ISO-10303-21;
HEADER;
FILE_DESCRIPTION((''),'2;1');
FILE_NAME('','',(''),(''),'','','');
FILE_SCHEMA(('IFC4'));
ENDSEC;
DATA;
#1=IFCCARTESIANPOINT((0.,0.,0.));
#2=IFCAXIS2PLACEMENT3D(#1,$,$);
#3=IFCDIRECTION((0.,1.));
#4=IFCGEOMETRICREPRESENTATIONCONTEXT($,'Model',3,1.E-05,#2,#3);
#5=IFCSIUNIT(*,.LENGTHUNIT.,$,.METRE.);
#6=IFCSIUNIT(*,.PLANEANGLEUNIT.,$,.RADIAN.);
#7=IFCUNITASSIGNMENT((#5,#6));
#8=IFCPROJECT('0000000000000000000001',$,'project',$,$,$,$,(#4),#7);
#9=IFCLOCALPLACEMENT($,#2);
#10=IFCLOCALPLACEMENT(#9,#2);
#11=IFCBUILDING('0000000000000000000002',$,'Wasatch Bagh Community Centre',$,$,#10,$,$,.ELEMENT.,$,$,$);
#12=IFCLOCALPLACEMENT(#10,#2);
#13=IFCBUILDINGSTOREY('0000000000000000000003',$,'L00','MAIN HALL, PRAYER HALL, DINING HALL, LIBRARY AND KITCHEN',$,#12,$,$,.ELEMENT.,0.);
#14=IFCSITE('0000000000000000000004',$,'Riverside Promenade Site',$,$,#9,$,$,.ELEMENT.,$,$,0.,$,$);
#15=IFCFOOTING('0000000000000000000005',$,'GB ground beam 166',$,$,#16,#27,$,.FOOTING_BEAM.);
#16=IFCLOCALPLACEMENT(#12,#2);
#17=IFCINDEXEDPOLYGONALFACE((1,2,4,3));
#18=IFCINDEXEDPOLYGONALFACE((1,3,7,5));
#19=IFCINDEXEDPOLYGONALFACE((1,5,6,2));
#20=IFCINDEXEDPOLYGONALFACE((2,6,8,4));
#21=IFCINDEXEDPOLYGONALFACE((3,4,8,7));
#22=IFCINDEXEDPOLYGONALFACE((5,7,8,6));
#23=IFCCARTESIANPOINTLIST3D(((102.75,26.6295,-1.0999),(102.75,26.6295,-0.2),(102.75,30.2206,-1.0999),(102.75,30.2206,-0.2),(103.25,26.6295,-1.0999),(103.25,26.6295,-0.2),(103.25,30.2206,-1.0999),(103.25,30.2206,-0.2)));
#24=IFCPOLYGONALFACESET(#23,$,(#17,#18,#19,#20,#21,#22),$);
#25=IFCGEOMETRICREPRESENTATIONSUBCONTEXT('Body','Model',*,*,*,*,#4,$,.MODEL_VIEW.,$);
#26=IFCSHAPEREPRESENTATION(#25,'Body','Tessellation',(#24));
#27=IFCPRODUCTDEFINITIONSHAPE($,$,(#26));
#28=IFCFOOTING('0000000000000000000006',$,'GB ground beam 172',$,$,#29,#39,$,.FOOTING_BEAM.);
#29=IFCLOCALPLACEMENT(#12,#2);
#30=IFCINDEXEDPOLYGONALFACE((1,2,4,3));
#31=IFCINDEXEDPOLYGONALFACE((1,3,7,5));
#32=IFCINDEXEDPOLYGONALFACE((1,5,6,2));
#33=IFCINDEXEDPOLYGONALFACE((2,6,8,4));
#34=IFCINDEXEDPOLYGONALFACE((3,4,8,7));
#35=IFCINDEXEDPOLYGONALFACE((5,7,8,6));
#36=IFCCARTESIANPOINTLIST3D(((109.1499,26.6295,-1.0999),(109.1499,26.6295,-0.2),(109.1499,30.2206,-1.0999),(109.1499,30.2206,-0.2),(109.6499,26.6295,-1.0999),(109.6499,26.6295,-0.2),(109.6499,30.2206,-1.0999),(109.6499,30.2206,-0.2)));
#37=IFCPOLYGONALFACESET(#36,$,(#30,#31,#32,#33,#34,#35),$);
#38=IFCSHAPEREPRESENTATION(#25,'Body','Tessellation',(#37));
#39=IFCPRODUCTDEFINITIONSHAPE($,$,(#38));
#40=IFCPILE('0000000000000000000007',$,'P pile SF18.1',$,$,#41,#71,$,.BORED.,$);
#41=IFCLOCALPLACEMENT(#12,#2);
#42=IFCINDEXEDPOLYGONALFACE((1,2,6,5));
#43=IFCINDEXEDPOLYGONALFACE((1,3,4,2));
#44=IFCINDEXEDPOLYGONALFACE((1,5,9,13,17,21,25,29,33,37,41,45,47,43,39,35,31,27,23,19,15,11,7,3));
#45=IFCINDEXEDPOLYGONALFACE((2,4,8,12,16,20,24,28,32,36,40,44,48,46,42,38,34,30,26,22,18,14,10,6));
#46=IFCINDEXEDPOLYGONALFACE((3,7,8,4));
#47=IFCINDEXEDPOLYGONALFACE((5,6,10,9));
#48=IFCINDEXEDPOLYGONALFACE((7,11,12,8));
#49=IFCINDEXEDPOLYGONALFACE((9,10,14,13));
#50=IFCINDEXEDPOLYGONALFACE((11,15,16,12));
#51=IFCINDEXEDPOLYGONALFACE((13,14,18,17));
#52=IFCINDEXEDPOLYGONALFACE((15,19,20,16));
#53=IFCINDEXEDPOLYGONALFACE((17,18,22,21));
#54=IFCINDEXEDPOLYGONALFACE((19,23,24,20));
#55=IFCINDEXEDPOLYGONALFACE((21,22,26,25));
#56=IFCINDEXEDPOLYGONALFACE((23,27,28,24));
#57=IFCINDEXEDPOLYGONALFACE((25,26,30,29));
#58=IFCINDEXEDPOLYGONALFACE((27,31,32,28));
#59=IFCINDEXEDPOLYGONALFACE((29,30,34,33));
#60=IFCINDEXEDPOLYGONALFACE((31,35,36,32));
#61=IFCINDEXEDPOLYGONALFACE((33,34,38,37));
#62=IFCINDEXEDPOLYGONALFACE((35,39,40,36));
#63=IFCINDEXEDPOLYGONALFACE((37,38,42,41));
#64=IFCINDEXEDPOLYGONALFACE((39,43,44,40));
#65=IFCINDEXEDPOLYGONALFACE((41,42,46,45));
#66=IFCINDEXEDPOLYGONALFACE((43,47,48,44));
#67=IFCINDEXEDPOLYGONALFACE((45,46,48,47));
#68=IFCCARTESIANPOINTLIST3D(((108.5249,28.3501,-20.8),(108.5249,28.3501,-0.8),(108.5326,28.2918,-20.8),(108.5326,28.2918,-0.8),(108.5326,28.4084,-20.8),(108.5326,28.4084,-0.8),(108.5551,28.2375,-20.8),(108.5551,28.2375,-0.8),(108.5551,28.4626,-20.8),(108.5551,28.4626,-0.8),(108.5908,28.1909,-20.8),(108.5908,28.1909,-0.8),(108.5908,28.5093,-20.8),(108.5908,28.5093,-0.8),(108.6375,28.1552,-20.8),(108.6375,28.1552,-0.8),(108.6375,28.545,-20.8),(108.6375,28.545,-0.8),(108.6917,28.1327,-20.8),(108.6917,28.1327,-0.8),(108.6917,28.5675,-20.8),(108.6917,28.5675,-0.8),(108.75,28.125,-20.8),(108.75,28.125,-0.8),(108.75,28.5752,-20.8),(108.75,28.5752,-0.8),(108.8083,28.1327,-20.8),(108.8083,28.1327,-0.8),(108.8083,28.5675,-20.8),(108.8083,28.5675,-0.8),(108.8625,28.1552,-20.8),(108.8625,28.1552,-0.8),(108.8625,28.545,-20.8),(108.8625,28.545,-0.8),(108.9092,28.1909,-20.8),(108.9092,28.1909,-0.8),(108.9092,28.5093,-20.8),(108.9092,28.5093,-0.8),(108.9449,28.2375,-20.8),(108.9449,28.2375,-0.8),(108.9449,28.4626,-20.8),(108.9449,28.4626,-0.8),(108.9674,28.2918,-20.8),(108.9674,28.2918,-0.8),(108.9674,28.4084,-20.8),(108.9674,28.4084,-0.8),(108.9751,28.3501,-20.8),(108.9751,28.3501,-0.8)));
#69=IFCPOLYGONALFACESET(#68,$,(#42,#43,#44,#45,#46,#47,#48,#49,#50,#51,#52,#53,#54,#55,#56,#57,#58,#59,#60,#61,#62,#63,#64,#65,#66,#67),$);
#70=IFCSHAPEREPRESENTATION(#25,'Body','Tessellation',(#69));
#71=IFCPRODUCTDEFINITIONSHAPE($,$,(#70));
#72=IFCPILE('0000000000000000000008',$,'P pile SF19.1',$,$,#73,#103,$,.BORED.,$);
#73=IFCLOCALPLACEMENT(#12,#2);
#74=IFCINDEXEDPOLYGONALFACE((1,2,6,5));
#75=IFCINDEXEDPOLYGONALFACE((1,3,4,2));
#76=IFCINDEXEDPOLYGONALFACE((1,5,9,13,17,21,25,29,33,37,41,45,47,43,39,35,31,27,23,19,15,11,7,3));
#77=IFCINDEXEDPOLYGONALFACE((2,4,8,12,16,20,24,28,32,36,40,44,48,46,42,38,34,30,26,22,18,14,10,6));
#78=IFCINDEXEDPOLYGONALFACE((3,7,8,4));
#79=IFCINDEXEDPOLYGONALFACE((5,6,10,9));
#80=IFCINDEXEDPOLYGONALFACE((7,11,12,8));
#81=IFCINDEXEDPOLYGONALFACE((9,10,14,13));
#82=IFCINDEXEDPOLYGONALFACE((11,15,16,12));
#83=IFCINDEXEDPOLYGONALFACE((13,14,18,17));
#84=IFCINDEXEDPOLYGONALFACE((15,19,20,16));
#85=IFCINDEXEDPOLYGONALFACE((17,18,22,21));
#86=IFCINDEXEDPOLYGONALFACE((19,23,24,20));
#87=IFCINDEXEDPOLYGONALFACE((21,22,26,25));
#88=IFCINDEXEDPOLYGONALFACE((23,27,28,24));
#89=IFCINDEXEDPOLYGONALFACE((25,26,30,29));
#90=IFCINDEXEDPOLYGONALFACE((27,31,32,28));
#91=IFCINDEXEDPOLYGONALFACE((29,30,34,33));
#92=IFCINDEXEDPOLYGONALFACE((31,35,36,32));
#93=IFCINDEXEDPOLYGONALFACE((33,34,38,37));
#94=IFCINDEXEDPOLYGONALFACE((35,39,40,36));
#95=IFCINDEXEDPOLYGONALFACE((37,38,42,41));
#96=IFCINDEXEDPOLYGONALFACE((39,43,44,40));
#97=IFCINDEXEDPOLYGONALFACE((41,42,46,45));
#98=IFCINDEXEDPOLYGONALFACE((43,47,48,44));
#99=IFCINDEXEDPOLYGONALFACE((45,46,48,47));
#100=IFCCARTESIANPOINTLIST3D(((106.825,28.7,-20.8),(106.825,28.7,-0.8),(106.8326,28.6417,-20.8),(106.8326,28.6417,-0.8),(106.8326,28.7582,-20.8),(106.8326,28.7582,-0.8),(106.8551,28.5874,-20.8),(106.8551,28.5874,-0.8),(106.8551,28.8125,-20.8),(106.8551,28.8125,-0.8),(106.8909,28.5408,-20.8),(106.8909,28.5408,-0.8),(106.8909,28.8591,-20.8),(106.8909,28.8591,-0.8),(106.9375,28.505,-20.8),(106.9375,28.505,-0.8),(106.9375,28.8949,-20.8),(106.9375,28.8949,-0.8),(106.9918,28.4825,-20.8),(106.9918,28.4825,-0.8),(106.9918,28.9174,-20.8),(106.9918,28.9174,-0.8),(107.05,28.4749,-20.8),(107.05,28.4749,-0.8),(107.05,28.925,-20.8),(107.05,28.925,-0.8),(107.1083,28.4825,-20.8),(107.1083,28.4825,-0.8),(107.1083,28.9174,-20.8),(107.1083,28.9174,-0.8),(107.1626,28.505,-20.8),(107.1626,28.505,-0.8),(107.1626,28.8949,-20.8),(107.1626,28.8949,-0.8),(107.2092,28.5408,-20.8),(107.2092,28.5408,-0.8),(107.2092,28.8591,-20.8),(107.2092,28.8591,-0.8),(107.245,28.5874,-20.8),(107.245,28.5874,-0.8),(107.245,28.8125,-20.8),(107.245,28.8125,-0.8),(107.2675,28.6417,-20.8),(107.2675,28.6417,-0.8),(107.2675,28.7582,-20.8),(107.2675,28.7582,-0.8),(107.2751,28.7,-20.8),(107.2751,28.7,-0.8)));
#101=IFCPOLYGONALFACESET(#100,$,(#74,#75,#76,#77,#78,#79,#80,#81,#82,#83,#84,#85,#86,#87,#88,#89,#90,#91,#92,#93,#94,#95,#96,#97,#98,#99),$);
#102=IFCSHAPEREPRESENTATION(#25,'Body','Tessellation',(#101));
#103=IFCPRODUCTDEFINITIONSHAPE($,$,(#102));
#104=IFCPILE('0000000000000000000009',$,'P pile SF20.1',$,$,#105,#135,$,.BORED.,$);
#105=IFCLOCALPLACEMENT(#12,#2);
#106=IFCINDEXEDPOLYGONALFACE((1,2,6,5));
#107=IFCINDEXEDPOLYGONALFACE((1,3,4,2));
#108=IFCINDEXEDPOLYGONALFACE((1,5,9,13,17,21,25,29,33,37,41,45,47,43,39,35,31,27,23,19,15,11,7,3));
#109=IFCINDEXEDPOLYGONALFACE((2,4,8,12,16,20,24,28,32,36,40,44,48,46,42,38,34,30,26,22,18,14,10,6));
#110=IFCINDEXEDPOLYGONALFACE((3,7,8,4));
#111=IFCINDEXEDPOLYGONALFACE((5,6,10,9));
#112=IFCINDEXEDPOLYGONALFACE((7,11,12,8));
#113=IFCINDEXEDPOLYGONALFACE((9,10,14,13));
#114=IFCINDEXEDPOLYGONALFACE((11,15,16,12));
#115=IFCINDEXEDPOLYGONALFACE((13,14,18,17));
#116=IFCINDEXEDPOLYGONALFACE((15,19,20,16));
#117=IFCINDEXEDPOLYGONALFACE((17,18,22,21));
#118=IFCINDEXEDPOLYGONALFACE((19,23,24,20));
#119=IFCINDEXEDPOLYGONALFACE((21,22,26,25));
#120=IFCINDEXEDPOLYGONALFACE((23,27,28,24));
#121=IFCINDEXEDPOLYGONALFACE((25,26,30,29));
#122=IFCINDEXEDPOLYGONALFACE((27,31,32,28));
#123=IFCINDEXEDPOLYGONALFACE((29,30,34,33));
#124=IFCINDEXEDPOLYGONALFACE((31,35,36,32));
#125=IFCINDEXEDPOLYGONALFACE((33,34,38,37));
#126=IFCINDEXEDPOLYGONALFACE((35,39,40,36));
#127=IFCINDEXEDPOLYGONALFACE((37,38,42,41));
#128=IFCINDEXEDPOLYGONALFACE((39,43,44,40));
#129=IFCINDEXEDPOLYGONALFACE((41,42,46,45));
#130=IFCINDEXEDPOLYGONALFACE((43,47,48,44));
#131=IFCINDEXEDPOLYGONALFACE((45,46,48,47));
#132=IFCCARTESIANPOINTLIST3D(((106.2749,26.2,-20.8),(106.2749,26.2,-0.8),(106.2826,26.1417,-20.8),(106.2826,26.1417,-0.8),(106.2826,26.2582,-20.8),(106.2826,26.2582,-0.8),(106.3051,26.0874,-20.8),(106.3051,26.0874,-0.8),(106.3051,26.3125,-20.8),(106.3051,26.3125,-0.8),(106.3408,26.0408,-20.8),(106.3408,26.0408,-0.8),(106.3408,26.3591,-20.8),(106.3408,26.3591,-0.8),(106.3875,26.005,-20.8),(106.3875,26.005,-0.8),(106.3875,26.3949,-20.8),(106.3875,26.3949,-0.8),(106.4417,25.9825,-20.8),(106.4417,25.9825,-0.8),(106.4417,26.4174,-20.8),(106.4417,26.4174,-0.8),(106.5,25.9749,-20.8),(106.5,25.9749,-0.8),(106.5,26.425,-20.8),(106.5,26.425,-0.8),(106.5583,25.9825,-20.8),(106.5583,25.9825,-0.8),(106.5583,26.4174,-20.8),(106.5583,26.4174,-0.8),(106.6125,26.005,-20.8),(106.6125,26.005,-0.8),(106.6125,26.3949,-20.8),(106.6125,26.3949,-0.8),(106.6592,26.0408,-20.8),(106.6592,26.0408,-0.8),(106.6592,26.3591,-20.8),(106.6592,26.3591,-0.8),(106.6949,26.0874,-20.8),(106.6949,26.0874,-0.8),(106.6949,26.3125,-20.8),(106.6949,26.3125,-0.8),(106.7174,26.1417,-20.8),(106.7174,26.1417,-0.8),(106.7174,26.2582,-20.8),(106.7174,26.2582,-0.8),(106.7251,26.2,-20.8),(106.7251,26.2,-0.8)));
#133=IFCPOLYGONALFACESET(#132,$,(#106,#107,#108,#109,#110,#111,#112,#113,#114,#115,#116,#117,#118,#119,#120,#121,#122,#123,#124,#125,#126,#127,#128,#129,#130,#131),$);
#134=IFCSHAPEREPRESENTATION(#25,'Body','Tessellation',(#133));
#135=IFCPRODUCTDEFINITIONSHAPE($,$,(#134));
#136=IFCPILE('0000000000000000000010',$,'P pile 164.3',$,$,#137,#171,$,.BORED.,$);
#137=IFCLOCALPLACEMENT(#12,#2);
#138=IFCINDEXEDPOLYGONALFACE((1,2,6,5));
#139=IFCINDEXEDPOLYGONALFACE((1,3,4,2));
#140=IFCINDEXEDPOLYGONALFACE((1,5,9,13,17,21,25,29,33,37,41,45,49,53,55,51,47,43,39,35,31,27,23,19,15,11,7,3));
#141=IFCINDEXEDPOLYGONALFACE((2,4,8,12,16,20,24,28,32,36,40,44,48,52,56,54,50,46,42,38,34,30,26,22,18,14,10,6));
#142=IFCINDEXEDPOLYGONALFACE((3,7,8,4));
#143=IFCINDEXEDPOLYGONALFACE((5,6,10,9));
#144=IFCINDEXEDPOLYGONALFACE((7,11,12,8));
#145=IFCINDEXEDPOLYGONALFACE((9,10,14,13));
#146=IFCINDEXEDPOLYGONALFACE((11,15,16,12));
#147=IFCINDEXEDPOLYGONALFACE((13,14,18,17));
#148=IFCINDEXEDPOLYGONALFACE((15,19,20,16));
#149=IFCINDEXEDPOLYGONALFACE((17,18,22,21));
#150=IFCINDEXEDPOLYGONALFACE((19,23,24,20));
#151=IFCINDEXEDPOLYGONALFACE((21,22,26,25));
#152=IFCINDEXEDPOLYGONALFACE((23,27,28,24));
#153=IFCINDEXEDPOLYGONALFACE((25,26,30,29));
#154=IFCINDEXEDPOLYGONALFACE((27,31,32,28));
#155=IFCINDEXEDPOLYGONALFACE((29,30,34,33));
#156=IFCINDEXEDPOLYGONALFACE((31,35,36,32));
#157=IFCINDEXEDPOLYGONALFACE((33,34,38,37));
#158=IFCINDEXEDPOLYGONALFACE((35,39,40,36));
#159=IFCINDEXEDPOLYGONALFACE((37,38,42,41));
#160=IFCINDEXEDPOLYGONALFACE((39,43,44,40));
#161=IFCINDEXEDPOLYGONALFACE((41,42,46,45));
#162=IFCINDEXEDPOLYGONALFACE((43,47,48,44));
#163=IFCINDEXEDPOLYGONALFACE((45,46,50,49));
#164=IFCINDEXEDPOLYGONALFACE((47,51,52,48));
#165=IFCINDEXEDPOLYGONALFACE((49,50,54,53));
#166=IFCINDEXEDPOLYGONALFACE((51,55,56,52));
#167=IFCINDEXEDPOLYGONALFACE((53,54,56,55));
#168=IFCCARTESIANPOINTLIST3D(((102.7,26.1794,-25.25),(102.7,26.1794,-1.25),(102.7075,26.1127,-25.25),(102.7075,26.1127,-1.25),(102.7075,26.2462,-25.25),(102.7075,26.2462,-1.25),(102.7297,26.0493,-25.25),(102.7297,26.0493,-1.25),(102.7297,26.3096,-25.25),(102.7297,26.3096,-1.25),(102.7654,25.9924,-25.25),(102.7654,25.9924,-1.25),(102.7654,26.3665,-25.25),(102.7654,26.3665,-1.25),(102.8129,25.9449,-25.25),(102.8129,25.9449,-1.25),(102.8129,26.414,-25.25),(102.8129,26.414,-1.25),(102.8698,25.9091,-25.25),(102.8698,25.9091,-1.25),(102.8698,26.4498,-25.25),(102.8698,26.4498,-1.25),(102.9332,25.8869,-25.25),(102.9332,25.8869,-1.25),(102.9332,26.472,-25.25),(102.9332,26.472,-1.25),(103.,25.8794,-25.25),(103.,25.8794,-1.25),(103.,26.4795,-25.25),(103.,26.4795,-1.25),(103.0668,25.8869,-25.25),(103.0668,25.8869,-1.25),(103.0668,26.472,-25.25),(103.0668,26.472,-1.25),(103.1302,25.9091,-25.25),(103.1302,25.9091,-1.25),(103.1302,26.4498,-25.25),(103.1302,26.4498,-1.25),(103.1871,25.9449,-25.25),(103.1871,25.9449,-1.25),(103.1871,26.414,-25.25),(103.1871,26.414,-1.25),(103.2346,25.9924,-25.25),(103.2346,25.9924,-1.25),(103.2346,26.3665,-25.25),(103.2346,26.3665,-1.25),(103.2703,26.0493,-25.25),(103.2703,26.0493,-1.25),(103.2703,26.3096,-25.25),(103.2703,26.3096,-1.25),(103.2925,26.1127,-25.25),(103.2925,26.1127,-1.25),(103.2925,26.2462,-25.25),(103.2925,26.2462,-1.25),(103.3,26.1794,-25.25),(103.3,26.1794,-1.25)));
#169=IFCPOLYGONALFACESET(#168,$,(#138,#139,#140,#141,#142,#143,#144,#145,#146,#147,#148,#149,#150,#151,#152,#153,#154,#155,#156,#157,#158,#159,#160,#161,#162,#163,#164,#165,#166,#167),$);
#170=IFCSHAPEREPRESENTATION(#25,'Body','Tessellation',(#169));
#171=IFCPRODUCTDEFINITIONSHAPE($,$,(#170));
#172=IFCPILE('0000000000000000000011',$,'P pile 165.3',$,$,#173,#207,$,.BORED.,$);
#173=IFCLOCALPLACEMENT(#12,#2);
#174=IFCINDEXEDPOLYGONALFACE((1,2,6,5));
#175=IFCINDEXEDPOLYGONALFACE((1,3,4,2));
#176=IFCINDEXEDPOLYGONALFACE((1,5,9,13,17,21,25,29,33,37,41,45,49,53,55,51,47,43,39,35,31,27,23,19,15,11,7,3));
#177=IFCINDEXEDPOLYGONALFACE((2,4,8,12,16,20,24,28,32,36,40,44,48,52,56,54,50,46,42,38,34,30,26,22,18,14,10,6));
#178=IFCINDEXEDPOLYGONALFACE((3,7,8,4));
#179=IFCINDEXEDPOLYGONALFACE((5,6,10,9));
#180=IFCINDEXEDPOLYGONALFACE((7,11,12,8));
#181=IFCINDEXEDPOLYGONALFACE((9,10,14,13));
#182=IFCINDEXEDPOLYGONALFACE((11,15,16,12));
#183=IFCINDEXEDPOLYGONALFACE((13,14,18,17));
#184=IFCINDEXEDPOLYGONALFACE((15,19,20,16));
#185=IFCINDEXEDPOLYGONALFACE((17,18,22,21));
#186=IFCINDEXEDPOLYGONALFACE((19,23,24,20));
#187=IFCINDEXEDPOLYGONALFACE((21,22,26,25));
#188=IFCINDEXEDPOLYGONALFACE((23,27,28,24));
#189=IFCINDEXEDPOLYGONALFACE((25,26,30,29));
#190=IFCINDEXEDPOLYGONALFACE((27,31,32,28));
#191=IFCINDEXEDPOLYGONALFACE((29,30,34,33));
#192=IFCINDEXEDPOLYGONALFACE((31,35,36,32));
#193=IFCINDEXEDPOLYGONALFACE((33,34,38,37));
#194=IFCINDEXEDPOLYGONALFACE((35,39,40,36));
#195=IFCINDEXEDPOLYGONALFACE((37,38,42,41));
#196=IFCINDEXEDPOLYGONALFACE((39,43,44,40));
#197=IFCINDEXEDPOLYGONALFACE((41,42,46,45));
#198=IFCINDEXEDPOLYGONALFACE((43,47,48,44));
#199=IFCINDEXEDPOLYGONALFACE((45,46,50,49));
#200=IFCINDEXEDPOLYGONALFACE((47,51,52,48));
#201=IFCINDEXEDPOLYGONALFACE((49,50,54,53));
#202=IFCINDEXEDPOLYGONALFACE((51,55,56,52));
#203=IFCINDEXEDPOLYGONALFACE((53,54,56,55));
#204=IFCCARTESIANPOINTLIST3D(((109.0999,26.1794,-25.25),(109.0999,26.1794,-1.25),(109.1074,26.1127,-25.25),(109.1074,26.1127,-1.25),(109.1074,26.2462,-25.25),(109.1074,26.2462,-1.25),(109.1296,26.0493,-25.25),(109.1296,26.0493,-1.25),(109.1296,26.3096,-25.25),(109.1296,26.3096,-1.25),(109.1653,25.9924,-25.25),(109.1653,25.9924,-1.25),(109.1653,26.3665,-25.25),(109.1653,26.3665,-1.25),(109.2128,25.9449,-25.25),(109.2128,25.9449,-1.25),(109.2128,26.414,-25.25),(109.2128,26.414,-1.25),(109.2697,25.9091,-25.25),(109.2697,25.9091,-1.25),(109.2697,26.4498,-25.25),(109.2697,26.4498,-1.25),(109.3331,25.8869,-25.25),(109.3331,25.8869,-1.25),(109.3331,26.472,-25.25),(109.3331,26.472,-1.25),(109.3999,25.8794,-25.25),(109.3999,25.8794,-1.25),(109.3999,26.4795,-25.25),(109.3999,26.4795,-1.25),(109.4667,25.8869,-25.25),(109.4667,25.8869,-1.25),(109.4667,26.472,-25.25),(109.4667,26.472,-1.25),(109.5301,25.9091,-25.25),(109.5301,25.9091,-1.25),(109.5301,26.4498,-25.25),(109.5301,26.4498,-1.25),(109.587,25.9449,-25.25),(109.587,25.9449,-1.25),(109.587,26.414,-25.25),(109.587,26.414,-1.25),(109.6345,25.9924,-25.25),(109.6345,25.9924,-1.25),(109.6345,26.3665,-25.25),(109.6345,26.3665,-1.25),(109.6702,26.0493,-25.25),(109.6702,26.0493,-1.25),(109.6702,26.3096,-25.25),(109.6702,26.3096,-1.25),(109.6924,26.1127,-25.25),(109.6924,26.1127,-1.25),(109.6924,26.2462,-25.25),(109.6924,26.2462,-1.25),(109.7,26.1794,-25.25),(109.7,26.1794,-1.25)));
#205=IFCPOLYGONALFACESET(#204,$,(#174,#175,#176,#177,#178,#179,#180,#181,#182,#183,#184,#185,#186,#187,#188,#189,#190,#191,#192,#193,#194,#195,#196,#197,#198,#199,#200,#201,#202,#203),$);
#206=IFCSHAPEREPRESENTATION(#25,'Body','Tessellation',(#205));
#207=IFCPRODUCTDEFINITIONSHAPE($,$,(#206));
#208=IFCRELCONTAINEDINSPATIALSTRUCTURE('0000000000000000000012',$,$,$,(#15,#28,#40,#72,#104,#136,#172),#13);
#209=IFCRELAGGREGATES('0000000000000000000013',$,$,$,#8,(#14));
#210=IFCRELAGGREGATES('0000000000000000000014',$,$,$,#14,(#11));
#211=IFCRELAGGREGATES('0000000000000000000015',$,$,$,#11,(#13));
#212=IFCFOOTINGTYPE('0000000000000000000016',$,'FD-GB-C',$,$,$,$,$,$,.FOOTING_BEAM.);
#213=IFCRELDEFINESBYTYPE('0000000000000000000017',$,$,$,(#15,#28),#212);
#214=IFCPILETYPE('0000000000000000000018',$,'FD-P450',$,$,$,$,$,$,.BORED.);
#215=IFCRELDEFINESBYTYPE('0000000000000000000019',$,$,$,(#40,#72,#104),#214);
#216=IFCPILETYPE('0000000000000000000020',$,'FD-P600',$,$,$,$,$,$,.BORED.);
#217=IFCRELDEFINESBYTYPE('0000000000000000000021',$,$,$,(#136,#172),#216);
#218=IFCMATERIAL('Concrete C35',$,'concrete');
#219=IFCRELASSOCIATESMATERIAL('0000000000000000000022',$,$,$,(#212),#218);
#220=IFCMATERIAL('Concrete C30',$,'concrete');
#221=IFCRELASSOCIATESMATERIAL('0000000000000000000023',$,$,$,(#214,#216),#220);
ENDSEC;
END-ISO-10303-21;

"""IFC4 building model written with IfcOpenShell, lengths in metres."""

from ifc_helpers import new_model, si_unit, direction, frame, origin, origin_2d, place, context, subcontext, project, spatial, rectangle, circle, extrude, material, material_profile, profile_set, type_object, element, save


model = new_model("IFC4")

# Units and contexts
model_context = context("Model", 3, precision=1e-05, world=origin(), true_north=direction((0.0, 1.0)))
body_context = subcontext(model_context, "Body", "Model", "MODEL_VIEW")
ifc_project = project(units=[si_unit("LENGTHUNIT", "METRE"), si_unit("PLANEANGLEUNIT", "RADIAN")], contexts=[model_context])

# Site, building, storey
site_placement = place(None, origin())
site = spatial("IfcSite", under=ifc_project, at=site_placement, Name="Riverside Promenade Site", CompositionType="ELEMENT", RefElevation=0.0)
building_placement = place(site_placement, origin())
building = spatial("IfcBuilding", under=site, at=building_placement, Name="Wasatch Bagh Community Centre", CompositionType="ELEMENT")
storey_placement = place(building_placement, origin())
storey = spatial("IfcBuildingStorey", under=building, at=storey_placement, Name="L00", Description="MAIN HALL, PRAYER HALL, DINING HALL, LIBRARY AND KITCHEN", CompositionType="ELEMENT", Elevation=0.0)

# Footings
ifc_material_1 = material(Name="Concrete C35", Category="concrete")
footing_type_1 = type_object("IfcFootingType", Name="FD-GB-C", PredefinedType="FOOTING_BEAM", material=ifc_material_1)
for number, where, z_axis, x_axis, name in (
    (1, (103.0, 28.425, -1.0999), (0.0, 0.0, 1.0), (0.0, 1.0, 0.0), "GB ground beam 166"),
    (2, (109.3999, 28.425, -1.0999), (0.0, 0.0, 1.0), (0.0, 1.0, 0.0), "GB ground beam 172"),
):
    element("IfcFooting", number, at=place(storey_placement, frame(where, z_axis=z_axis, x_axis=x_axis)), inside=storey, type_object=footing_type_1, Name=name, PredefinedType="FOOTING_BEAM", context=body_context, shape_type="SweptSolid", body=[
        extrude(rectangle(XDim=3.5911, YDim=0.5, at=origin_2d()), origin(), (0.0, 0.0, 1.0), 0.8999),
    ])

# Piles
ifc_material_2 = material(Name="Concrete C30", Category="concrete")
ifc_material_profile_1 = material_profile(ifc_material_2, circle(Radius=0.2251, at=origin_2d()), Name="RC D450")
ifc_profile_set_1 = profile_set([ifc_material_profile_1], Name="Concrete C30")
pile_type_1 = type_object("IfcPileType", Name="FD-P450", PredefinedType="BORED", material=ifc_profile_set_1)
for number, where, z_axis, x_axis, name in (
    (3, (108.75, 28.3501, -0.8), (0.0, 0.0, -1.0), (1.0, 0.0, 0.0), "P pile SF18.1"),
    (4, (107.05, 28.7, -0.8), (0.0, 0.0, -1.0), (1.0, 0.0, 0.0), "P pile SF19.1"),
    (5, (106.5, 26.2, -0.8), (0.0, 0.0, -1.0), (1.0, 0.0, 0.0), "P pile SF20.1"),
):
    element("IfcPile", number, at=place(storey_placement, frame(where, z_axis=z_axis, x_axis=x_axis)), inside=storey, type_object=pile_type_1, Name=name, PredefinedType="BORED", context=body_context, shape_type="SweptSolid", body=[
        extrude(circle(Radius=0.2251, at=origin_2d()), origin(), (0.0, 0.0, 1.0), 20.0),
    ])
ifc_material_profile_2 = material_profile(ifc_material_2, circle(Radius=0.3, at=origin_2d()), Name="RC D600")
ifc_profile_set_2 = profile_set([ifc_material_profile_2], Name="Concrete C30")
pile_type_2 = type_object("IfcPileType", Name="FD-P600", PredefinedType="BORED", material=ifc_profile_set_2)
for number, where, z_axis, x_axis, name in (
    (6, (103.0, 26.1794, -1.25), (0.0, 0.0, -1.0), (1.0, 0.0, 0.0), "P pile 164.3"),
    (7, (109.3999, 26.1794, -1.25), (0.0, 0.0, -1.0), (1.0, 0.0, 0.0), "P pile 165.3"),
):
    element("IfcPile", number, at=place(storey_placement, frame(where, z_axis=z_axis, x_axis=x_axis)), inside=storey, type_object=pile_type_2, Name=name, PredefinedType="BORED", context=body_context, shape_type="SweptSolid", body=[
        extrude(circle(Radius=0.3, at=origin_2d()), origin(), (0.0, 0.0, 1.0), 24.0),
    ])

save(model, "model.ifc")
